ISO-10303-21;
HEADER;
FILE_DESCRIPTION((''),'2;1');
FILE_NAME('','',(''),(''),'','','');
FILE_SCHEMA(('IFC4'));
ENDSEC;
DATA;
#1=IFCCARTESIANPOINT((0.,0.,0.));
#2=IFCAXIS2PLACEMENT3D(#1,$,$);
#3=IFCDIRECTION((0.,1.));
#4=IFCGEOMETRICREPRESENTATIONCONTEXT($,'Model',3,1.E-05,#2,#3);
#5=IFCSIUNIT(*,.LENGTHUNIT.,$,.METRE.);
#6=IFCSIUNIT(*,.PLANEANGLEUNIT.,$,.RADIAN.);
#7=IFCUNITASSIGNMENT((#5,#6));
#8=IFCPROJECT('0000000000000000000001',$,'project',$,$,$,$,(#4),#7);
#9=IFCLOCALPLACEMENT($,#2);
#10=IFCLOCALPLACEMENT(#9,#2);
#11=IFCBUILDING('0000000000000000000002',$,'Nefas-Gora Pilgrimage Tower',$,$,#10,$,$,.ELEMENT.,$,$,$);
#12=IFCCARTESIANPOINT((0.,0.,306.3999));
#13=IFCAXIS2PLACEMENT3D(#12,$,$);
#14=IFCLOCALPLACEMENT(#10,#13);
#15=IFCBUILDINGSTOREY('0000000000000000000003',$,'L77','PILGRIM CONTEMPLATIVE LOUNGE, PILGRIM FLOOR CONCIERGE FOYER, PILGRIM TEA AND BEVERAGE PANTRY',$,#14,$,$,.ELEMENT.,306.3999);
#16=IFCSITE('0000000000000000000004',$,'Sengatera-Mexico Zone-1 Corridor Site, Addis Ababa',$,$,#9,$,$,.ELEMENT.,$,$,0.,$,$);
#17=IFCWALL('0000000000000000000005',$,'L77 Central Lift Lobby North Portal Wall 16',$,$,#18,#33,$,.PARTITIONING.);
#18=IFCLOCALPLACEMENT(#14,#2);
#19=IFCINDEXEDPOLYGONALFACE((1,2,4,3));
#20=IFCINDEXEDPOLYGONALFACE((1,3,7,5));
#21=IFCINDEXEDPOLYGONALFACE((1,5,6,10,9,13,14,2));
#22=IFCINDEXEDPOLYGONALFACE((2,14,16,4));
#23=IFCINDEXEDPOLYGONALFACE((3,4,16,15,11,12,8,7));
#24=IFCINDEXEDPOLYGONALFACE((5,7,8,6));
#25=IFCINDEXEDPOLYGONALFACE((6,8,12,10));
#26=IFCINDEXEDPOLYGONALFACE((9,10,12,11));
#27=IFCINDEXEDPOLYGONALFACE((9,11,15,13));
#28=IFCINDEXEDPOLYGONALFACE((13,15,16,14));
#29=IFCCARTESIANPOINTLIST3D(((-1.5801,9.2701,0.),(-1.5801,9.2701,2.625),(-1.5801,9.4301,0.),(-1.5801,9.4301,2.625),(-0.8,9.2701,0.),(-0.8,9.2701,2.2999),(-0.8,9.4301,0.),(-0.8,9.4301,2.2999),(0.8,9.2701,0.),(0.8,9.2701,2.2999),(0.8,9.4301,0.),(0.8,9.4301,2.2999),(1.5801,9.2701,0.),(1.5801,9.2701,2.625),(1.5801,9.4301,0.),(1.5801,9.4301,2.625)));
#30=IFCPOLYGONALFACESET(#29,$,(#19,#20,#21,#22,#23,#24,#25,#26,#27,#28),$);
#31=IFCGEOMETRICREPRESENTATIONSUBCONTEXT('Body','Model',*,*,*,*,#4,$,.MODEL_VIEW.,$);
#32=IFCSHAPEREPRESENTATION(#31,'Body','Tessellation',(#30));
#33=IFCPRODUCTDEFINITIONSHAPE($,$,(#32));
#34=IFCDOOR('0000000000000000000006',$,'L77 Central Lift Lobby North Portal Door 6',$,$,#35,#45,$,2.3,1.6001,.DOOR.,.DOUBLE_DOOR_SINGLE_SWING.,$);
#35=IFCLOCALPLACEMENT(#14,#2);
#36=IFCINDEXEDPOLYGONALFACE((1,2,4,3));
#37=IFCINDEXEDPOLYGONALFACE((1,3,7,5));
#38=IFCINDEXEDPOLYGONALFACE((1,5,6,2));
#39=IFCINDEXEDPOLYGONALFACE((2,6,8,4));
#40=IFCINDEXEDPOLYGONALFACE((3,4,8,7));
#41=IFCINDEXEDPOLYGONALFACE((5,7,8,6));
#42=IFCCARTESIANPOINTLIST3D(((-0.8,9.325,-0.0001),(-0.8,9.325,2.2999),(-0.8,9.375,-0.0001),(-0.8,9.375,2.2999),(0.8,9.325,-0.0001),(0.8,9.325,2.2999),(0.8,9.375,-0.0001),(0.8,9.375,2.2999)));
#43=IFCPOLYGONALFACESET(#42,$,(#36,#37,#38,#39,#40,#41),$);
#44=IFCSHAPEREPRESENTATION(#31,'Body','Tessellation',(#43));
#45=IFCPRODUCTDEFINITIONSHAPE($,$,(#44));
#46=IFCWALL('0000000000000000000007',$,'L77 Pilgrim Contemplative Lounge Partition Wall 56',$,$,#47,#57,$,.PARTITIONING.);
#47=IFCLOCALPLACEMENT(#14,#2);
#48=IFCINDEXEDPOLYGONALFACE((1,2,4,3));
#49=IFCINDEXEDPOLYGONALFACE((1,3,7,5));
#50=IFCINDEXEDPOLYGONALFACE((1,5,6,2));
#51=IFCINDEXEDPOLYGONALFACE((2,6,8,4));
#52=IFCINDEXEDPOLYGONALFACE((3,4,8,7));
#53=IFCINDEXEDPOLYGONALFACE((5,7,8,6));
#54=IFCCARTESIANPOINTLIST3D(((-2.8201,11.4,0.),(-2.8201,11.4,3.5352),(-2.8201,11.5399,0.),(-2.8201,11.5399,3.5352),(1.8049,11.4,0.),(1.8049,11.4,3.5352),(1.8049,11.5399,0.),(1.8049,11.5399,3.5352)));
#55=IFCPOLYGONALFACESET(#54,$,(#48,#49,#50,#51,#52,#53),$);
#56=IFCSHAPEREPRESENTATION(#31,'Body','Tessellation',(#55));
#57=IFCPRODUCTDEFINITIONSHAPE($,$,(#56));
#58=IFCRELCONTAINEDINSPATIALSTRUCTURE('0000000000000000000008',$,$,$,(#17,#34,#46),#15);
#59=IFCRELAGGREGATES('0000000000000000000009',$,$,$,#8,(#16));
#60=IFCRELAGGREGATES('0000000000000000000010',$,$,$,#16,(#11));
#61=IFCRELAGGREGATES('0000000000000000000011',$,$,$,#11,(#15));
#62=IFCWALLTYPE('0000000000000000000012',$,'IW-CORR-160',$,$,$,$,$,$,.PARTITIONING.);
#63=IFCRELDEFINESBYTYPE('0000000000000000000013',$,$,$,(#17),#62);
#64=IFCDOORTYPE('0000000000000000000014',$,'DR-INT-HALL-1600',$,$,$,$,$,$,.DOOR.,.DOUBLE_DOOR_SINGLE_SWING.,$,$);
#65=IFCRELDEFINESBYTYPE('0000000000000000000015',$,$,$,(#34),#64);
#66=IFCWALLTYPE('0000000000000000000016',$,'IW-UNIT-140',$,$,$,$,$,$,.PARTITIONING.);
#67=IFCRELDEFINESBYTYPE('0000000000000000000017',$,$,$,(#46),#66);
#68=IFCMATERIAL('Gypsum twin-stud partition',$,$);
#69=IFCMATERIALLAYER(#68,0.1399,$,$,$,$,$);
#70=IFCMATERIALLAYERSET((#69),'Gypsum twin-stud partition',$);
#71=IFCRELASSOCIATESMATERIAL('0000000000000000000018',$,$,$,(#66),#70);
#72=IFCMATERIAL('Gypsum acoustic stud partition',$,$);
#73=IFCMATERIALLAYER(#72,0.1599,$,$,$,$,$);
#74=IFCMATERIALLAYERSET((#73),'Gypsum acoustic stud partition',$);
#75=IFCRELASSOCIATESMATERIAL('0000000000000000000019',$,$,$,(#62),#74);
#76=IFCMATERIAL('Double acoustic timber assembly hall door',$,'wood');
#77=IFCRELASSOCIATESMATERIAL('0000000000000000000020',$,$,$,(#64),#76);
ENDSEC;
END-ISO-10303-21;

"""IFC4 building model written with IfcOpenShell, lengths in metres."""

from ifc_helpers import new_model, si_unit, direction, frame, frame_2d, origin, place, context, subcontext, project, spatial, rectangle, extrude, source, transform, mapped, material, layer, layer_set, type_object, element, fill, save


model = new_model("IFC4")

# Units and contexts
model_context = context("Model", 3, precision=1e-05, world=origin(), true_north=direction((0.0, 1.0)))
body_context = subcontext(model_context, "Body", "Model", "MODEL_VIEW")
ifc_project = project(units=[si_unit("LENGTHUNIT", "METRE"), si_unit("PLANEANGLEUNIT", "RADIAN")], contexts=[model_context])

# Site, building, storey
site_placement = place(None, origin())
site = spatial("IfcSite", under=ifc_project, at=site_placement, Name="Sengatera-Mexico Zone-1 Corridor Site, Addis Ababa", CompositionType="ELEMENT", RefElevation=0.0)
building_placement = place(site_placement, origin())
building = spatial("IfcBuilding", under=site, at=building_placement, Name="Nefas-Gora Pilgrimage Tower", CompositionType="ELEMENT")
storey_placement = place(building_placement, frame((0.0, 0.0, 306.3999)))
storey = spatial("IfcBuildingStorey", under=building, at=storey_placement, Name="L77", Description="PILGRIM CONTEMPLATIVE LOUNGE, PILGRIM FLOOR CONCIERGE FOYER, PILGRIM TEA AND BEVERAGE PANTRY", CompositionType="ELEMENT", Elevation=306.3999)

# Shared definitions
ifc_material_1 = material(Name="Gypsum twin-stud partition")
ifc_layer_1 = layer(ifc_material_1, 0.1399)
ifc_layer_set_1 = layer_set([ifc_layer_1], Name="Gypsum twin-stud partition")
wall_type_1 = type_object("IfcWallType", Name="IW-UNIT-140", PredefinedType="PARTITIONING", material=ifc_layer_set_1)

# Shared definitions
ifc_material_2 = material(Name="Gypsum acoustic stud partition")
ifc_layer_2 = layer(ifc_material_2, 0.1599)
ifc_layer_set_2 = layer_set([ifc_layer_2], Name="Gypsum acoustic stud partition")
wall_type_2 = type_object("IfcWallType", Name="IW-CORR-160", PredefinedType="PARTITIONING", material=ifc_layer_set_2)

# Wall, opening, door
shared_shape_1 = source(origin(), body_context, "Body", "SweptSolid", [
    extrude(rectangle(XDim=3.1602, YDim=0.1599, at=frame_2d((1.5801, 0.0))), origin(), (0.0, 0.0, 1.0), 2.625),
])
wall_1_placement = place(storey_placement, frame((-1.5801, 9.3501, 0.0), z_axis=(0.0, 0.0, 1.0), x_axis=(1.0, 0.0, 0.0)))
wall_1 = element("IfcWall", 1, at=wall_1_placement, inside=storey, type_object=wall_type_2, Name="L77 Central Lift Lobby North Portal Wall 16", PredefinedType="PARTITIONING", context=body_context, shape_type="MappedRepresentation", body=[
    mapped(shared_shape_1, transform((0.0, 0.0, 0.0), x_axis=(1.0, 0.0, 0.0), y_axis=(0.0, 1.0, 0.0), z_axis=(0.0, 0.0, 1.0), scale=1.0)),
])
opening_1_placement = place(wall_1_placement, frame((0.78, 0.0, 0.0)))
opening_1 = element("IfcOpeningElement", 2, at=opening_1_placement, cuts=wall_1, PredefinedType="OPENING", context=body_context, shape_type="SweptSolid", body=[
    extrude(rectangle(XDim=1.6001, YDim=2.3, at=frame_2d((0.8, 1.1499))), frame((0.0, 0.0898, 0.0), z_axis=(0.0, -1.0, 0.0), x_axis=(1.0, 0.0, 0.0)), (0.0, 0.0, 1.0), 0.1799),
])
ifc_material_3 = material(Name="Double acoustic timber assembly hall door", Category="wood")
door_type_1 = type_object("IfcDoorType", Name="DR-INT-HALL-1600", OperationType="DOUBLE_DOOR_SINGLE_SWING", PredefinedType="DOOR", material=ifc_material_3)
shared_shape_2 = source(origin(), body_context, "Body", "SweptSolid", [
    extrude(rectangle(XDim=1.6001, YDim=2.3, at=frame_2d((0.8, 1.1499))), frame((0.0, 0.0249, 0.0), z_axis=(0.0, -1.0, 0.0), x_axis=(1.0, 0.0, 0.0)), (0.0, 0.0, 1.0), 0.05),
])
door_1_placement = place(opening_1_placement, origin())
door_1 = element("IfcDoor", 3, at=door_1_placement, inside=storey, type_object=door_type_1, Name="L77 Central Lift Lobby North Portal Door 6", OperationType="DOUBLE_DOOR_SINGLE_SWING", OverallHeight=2.3, OverallWidth=1.6001, PredefinedType="DOOR", context=body_context, shape_type="MappedRepresentation", body=[
    mapped(shared_shape_2, transform((0.0, 0.0, 0.0), x_axis=(1.0, 0.0, 0.0), y_axis=(0.0, 1.0, 0.0), z_axis=(0.0, 0.0, 1.0), scale=1.0)),
])
fill(opening_1, door_1)

# Wall
shared_shape_3 = source(origin(), body_context, "Body", "SweptSolid", [
    extrude(rectangle(XDim=4.625, YDim=0.1399, at=frame_2d((2.3125, 0.0))), origin(), (0.0, 0.0, 1.0), 3.5352),
])
wall_2_placement = place(storey_placement, frame((-2.8201, 11.47, 0.0), z_axis=(0.0, 0.0, 1.0), x_axis=(1.0, 0.0, 0.0)))
element("IfcWall", 4, at=wall_2_placement, inside=storey, type_object=wall_type_1, Name="L77 Pilgrim Contemplative Lounge Partition Wall 56", PredefinedType="PARTITIONING", context=body_context, shape_type="MappedRepresentation", body=[
    mapped(shared_shape_3, transform((0.0, 0.0, 0.0), x_axis=(1.0, 0.0, 0.0), y_axis=(0.0, 1.0, 0.0), z_axis=(0.0, 0.0, 1.0), scale=1.0)),
])

save(model, "model.ifc")
